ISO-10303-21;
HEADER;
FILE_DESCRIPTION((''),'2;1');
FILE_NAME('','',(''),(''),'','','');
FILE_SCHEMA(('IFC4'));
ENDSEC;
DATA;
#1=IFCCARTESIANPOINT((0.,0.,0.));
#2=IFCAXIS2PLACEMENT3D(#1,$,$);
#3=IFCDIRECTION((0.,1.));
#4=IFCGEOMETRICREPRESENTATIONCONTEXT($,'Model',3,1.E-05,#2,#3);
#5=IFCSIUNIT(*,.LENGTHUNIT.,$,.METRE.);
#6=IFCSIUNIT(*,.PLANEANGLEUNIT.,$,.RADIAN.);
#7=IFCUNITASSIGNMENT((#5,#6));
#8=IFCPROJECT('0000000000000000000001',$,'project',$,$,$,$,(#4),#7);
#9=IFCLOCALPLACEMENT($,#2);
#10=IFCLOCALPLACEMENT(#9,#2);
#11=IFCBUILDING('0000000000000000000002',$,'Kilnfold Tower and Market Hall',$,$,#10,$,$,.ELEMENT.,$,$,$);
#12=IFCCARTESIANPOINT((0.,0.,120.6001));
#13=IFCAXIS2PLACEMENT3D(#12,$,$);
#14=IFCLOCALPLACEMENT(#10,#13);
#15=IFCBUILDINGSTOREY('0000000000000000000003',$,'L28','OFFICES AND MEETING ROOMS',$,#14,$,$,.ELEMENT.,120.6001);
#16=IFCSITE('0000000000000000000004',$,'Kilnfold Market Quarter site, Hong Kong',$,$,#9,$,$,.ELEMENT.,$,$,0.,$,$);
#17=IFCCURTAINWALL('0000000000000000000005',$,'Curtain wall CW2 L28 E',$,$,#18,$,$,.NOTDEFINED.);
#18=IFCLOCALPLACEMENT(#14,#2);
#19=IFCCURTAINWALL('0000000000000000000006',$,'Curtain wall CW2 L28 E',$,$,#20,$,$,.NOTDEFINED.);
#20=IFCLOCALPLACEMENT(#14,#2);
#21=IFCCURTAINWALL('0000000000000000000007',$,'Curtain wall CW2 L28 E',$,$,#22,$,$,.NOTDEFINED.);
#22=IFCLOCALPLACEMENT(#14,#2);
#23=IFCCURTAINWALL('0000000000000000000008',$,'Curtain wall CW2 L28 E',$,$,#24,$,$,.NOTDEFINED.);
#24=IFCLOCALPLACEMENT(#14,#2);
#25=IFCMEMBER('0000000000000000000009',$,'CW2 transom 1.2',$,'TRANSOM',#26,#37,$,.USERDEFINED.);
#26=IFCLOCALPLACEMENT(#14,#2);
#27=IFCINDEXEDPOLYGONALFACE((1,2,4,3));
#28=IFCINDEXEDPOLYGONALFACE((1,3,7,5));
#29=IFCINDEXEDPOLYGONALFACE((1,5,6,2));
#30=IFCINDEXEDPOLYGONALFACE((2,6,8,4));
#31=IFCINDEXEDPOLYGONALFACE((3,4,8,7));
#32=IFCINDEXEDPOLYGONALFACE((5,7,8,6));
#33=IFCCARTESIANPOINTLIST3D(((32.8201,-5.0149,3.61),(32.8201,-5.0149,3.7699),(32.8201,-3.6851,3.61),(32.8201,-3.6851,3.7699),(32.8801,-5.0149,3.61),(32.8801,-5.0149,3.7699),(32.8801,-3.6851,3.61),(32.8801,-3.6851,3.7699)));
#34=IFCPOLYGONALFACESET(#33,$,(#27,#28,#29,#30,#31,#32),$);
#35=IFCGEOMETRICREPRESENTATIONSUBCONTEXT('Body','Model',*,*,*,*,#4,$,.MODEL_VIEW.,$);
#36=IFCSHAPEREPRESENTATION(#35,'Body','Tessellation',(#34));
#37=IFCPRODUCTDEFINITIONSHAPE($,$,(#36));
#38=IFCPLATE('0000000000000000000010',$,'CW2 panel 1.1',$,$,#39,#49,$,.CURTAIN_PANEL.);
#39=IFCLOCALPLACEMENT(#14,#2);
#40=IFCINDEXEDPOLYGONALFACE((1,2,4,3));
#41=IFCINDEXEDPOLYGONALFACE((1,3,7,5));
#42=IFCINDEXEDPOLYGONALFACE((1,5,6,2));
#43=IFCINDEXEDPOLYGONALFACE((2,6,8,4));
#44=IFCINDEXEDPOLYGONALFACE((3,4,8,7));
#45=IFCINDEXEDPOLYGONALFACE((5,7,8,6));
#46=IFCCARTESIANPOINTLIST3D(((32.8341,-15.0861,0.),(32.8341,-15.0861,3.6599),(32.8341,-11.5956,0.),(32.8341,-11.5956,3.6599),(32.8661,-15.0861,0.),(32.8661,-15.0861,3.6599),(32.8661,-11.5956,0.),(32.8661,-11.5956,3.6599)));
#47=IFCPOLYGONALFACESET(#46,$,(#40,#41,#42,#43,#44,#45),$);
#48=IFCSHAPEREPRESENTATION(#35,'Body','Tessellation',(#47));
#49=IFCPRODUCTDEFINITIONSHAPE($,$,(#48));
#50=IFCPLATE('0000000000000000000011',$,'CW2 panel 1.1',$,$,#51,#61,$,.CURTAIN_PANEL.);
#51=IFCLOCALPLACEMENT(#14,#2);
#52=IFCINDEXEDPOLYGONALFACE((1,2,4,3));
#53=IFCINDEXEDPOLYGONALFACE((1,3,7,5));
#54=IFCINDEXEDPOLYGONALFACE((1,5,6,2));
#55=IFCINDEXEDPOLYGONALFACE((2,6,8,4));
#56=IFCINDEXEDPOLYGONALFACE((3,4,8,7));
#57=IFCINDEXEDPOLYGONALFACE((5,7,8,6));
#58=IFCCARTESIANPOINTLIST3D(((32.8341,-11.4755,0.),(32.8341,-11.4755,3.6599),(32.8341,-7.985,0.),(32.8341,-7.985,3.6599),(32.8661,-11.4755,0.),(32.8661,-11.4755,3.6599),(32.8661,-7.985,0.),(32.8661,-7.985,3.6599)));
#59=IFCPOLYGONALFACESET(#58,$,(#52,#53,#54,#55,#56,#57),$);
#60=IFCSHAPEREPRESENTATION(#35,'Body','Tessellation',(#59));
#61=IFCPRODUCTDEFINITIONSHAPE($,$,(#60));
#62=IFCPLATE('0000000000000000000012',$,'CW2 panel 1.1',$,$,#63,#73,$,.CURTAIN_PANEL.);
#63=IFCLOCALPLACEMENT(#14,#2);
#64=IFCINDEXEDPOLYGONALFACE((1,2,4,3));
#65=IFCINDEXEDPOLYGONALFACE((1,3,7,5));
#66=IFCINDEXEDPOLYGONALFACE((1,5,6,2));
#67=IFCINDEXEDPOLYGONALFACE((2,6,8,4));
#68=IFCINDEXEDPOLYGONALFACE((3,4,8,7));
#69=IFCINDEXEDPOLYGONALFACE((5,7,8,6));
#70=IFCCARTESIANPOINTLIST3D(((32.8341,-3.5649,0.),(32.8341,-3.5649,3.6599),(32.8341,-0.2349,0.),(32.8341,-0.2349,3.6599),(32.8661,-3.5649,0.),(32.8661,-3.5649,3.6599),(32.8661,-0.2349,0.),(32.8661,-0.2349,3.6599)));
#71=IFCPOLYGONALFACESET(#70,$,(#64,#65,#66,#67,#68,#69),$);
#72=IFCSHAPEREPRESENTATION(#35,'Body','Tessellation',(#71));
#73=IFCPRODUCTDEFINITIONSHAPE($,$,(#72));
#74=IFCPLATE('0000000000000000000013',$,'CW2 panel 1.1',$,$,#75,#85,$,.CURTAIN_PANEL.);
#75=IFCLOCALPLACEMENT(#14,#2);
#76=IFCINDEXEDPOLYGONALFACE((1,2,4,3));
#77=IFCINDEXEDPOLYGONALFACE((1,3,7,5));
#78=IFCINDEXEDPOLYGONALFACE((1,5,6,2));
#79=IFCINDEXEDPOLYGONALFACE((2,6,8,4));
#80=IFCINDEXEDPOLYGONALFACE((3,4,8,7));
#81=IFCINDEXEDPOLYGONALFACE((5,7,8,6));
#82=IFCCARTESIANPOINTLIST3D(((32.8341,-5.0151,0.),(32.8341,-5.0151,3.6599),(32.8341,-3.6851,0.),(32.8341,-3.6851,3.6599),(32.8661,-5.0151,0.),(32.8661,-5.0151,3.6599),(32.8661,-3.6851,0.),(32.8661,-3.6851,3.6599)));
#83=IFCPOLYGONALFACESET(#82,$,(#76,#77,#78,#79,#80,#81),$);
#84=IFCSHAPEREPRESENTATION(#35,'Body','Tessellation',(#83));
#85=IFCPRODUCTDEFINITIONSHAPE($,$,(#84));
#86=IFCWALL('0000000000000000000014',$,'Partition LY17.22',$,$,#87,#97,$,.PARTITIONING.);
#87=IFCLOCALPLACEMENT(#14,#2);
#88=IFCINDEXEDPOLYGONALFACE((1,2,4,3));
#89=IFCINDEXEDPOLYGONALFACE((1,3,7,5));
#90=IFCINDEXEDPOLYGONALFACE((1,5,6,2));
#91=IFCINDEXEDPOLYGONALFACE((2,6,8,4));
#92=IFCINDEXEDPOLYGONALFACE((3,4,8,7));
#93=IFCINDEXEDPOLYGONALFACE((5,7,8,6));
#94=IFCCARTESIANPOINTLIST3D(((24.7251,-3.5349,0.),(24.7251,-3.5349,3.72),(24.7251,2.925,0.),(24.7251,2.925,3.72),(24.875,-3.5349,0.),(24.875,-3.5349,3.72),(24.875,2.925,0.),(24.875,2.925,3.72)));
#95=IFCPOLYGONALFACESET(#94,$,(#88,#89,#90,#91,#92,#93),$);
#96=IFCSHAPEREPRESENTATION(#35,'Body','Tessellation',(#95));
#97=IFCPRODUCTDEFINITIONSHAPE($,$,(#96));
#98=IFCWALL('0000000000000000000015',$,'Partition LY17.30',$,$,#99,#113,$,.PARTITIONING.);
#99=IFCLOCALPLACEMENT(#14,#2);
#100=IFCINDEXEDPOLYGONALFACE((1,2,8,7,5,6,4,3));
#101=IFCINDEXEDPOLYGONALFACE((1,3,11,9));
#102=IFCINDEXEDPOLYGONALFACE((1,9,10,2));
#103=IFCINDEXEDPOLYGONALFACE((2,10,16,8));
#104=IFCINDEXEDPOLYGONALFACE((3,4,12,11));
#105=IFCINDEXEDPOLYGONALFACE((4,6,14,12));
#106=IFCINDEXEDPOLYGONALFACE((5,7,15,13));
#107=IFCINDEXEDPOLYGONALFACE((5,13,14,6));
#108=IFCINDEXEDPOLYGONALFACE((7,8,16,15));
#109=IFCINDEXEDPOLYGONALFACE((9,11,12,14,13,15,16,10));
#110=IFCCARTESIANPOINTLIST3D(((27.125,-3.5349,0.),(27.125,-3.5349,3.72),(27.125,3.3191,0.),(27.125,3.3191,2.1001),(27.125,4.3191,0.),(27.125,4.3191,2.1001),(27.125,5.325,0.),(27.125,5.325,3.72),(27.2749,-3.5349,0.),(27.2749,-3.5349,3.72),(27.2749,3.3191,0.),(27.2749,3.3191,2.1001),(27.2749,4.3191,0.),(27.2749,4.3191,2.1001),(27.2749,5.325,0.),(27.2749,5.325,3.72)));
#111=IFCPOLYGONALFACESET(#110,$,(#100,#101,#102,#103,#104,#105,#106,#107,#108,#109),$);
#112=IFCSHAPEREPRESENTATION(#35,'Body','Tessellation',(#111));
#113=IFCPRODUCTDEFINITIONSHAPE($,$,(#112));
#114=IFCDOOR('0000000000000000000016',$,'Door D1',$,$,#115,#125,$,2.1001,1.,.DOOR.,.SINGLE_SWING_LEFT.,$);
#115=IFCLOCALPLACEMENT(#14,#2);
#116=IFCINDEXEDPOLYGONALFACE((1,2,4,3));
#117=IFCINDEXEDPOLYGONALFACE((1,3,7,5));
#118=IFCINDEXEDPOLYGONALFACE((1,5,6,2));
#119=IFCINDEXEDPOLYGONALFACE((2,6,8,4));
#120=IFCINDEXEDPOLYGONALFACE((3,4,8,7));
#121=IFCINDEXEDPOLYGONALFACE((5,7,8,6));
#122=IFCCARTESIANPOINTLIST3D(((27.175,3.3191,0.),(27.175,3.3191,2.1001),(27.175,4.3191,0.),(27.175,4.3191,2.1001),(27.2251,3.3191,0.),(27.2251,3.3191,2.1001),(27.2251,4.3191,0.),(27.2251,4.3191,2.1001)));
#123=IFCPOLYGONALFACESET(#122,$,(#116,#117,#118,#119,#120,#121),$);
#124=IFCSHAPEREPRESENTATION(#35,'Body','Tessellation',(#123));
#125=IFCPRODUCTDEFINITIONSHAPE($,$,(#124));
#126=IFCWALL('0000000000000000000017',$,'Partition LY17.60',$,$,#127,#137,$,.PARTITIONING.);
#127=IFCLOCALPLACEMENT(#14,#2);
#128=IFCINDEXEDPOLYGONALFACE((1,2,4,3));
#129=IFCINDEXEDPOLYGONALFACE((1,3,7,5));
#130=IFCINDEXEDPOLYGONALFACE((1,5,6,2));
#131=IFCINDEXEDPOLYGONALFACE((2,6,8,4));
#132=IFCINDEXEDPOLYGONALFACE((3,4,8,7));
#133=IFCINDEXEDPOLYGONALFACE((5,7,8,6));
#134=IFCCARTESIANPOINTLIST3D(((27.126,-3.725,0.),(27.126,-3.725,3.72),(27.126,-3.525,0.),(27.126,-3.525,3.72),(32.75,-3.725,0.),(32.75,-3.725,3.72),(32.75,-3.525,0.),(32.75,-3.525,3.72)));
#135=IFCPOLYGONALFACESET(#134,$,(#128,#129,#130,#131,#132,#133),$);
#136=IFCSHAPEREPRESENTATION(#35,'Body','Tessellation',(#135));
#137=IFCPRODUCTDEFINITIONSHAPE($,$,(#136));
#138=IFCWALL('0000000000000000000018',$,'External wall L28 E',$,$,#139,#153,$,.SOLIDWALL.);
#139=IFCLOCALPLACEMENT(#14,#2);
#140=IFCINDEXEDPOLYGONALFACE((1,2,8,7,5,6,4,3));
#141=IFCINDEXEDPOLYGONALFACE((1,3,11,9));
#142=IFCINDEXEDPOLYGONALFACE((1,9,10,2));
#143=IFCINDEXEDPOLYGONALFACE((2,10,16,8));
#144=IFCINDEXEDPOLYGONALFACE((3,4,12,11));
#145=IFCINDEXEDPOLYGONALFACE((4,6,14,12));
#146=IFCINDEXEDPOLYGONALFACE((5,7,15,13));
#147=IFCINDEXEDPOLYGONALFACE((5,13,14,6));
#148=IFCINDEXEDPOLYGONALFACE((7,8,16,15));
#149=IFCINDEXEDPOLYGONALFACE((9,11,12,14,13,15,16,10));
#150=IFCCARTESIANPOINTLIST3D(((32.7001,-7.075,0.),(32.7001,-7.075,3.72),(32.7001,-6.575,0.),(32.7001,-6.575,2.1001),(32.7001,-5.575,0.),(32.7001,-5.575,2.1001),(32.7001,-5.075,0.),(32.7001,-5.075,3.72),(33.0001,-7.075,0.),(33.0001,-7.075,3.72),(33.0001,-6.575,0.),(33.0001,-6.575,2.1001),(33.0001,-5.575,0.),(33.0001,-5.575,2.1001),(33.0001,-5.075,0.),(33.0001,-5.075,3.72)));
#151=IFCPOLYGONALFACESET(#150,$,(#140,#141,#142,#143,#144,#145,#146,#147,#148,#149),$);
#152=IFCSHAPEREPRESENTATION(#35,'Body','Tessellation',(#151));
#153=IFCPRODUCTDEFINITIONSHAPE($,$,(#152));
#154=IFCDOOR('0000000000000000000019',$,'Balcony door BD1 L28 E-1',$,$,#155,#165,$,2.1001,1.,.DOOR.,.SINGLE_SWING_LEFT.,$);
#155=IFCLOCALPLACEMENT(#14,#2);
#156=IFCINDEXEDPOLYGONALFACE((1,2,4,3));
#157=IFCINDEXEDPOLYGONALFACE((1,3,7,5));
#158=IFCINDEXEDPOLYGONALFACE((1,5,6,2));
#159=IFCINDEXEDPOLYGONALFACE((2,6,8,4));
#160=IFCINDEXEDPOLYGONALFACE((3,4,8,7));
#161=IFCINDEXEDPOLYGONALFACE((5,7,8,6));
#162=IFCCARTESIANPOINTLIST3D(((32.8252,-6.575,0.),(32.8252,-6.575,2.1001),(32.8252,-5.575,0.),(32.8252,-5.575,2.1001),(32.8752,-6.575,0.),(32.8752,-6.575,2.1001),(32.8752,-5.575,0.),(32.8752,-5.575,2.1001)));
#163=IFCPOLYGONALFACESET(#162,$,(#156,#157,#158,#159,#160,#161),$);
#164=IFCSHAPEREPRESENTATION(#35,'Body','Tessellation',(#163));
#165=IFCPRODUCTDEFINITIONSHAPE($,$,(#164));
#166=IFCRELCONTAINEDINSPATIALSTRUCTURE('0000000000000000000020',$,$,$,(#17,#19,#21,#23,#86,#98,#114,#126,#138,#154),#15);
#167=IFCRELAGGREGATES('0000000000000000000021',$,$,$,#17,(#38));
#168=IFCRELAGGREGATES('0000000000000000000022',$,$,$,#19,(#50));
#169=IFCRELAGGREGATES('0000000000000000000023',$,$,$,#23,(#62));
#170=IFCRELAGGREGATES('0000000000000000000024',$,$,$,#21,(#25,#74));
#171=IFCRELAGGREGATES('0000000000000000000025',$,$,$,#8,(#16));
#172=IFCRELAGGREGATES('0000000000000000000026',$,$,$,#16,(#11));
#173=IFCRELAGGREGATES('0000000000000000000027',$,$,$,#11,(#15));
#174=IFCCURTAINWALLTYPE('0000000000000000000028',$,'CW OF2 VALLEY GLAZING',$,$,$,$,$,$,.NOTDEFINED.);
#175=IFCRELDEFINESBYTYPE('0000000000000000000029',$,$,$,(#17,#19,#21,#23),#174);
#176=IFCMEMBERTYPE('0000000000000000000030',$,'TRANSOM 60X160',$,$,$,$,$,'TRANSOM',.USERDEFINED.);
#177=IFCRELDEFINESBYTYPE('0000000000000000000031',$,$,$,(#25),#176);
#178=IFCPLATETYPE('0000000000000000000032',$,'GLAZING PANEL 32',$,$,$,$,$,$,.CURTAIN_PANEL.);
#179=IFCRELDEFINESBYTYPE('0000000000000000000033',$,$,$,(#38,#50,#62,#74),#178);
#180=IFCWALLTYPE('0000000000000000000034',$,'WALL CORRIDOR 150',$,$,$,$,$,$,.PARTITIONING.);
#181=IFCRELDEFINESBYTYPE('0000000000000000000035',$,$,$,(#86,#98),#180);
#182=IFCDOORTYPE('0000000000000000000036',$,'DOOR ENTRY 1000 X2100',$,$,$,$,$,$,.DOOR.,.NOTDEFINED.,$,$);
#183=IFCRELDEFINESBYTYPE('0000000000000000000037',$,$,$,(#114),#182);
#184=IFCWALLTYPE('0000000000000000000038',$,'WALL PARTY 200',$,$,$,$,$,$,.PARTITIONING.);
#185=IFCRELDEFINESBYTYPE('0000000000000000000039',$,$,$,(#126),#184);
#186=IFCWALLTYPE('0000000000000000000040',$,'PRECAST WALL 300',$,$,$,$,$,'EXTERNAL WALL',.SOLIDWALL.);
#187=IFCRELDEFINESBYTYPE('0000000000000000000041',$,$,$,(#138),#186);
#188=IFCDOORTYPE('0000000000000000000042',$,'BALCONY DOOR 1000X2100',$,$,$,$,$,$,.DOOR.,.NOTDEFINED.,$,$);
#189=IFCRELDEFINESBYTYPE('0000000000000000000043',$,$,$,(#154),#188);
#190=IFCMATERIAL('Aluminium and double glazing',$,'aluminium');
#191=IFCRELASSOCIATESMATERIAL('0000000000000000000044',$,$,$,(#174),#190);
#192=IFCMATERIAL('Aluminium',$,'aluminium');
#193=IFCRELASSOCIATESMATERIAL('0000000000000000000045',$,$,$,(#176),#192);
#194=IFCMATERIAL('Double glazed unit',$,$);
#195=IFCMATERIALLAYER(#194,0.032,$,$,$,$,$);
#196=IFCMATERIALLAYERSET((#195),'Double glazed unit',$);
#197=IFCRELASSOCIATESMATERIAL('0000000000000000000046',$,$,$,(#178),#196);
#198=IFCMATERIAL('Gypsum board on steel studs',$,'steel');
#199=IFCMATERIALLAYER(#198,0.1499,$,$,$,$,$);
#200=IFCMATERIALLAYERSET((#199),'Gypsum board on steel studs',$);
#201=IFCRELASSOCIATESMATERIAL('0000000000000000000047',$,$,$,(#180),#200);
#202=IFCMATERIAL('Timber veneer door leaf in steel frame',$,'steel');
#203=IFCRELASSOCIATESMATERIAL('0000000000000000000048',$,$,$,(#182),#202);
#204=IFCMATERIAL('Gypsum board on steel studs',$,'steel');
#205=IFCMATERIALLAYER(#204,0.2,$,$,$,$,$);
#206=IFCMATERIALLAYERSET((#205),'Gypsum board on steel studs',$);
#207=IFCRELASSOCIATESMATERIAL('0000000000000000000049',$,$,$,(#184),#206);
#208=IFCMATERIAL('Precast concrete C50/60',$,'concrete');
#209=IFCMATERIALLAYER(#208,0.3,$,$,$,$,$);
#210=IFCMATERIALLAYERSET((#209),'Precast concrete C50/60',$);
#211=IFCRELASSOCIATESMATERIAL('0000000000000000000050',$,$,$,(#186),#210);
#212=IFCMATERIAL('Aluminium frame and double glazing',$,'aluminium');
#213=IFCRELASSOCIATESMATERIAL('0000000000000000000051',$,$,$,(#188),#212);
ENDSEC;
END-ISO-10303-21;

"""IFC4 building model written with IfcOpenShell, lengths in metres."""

from ifc_helpers import new_model, si_unit, direction, frame, frame_2d, origin, origin_2d, place, context, subcontext, project, spatial, rectangle, extrude, source, transform, mapped, material, layer, layer_set, material_profile, profile_set, type_object, element, fill, aggregate, save


model = new_model("IFC4")

# Units and contexts
model_context = context("Model", 3, precision=1e-05, world=origin(), true_north=direction((0.0, 1.0)))
body_context = subcontext(model_context, "Body", "Model", "MODEL_VIEW")
ifc_project = project(units=[si_unit("LENGTHUNIT", "METRE"), si_unit("PLANEANGLEUNIT", "RADIAN")], contexts=[model_context])

# Site, building, storey
site_placement = place(None, origin())
site = spatial("IfcSite", under=ifc_project, at=site_placement, Name="Kilnfold Market Quarter site, Hong Kong", CompositionType="ELEMENT", RefElevation=0.0)
building_placement = place(site_placement, origin())
building = spatial("IfcBuilding", under=site, at=building_placement, Name="Kilnfold Tower and Market Hall", CompositionType="ELEMENT")
storey_placement = place(building_placement, frame((0.0, 0.0, 120.6001)))
storey = spatial("IfcBuildingStorey", under=building, at=storey_placement, Name="L28", Description="OFFICES AND MEETING ROOMS", CompositionType="ELEMENT", Elevation=120.6001)

# Curtain walls
ifc_material_1 = material(Name="Aluminium and double glazing", Category="aluminium")
curtain_wall_type = type_object("IfcCurtainWallType", Name="CW OF2 VALLEY GLAZING", PredefinedType="NOTDEFINED", material=ifc_material_1)
curtain_wall_1_placement = place(storey_placement, origin())
curtain_wall_1 = element("IfcCurtainWall", 1, at=curtain_wall_1_placement, inside=storey, type_object=curtain_wall_type, Name="Curtain wall CW2 L28 E", PredefinedType="NOTDEFINED")
curtain_wall_2_placement = place(storey_placement, origin())
curtain_wall_2 = element("IfcCurtainWall", 2, at=curtain_wall_2_placement, inside=storey, type_object=curtain_wall_type, Name="Curtain wall CW2 L28 E", PredefinedType="NOTDEFINED")
curtain_wall_3_placement = place(storey_placement, origin())
curtain_wall_3 = element("IfcCurtainWall", 3, at=curtain_wall_3_placement, inside=storey, type_object=curtain_wall_type, Name="Curtain wall CW2 L28 E", PredefinedType="NOTDEFINED")
curtain_wall_4_placement = place(storey_placement, origin())
curtain_wall_4 = element("IfcCurtainWall", 4, at=curtain_wall_4_placement, inside=storey, type_object=curtain_wall_type, Name="Curtain wall CW2 L28 E", PredefinedType="NOTDEFINED")

# Member
ifc_material_2 = material(Name="Aluminium", Category="aluminium")
ifc_material_profile_1 = material_profile(ifc_material_2, rectangle(XDim=0.0601, YDim=0.1599, at=origin_2d()), Name="TRANSOM 60x160")
ifc_profile_set_1 = profile_set([ifc_material_profile_1], Name="Aluminium")
member_type_1 = type_object("IfcMemberType", Name="TRANSOM 60X160", ElementType="TRANSOM", PredefinedType="USERDEFINED", material=ifc_profile_set_1)
shared_shape_1 = source(origin(), body_context, "Body", "SweptSolid", [
    extrude(rectangle(XDim=0.0601, YDim=0.1599, at=origin_2d()), origin(), (0.0, 0.0, 1.0), 1.3298),
])
member_1_placement = place(storey_placement, frame((32.8501, -5.0149, 3.6899), z_axis=(0.0, 1.0, 0.0), x_axis=(-1.0, 0.0, 0.0)))
member_1 = element("IfcMember", 5, at=member_1_placement, type_object=member_type_1, Name="CW2 transom 1.2", ObjectType="TRANSOM", PredefinedType="USERDEFINED", context=body_context, shape_type="MappedRepresentation", body=[
    mapped(shared_shape_1, transform((0.0, 0.0, 0.0))),
])

# Plates
ifc_material_3 = material(Name="Double glazed unit")
ifc_layer_1 = layer(ifc_material_3, 0.032)
ifc_layer_set_1 = layer_set([ifc_layer_1], Name="Double glazed unit")
plate_type = type_object("IfcPlateType", Name="GLAZING PANEL 32", PredefinedType="CURTAIN_PANEL", material=ifc_layer_set_1)
shared_shape_2 = source(origin(), body_context, "Body", "SweptSolid", [
    extrude(rectangle(XDim=3.4905, YDim=0.032, at=origin_2d()), origin(), (0.0, 0.0, 1.0), 3.6599),
])
plate_1_placement = place(storey_placement, frame((32.8501, -13.3408, 0.0), z_axis=(0.0, 0.0, 1.0), x_axis=(0.0, 1.0, 0.0)))
plate_1 = element("IfcPlate", 6, at=plate_1_placement, type_object=plate_type, Name="CW2 panel 1.1", PredefinedType="CURTAIN_PANEL", context=body_context, shape_type="MappedRepresentation", body=[
    mapped(shared_shape_2, transform((0.0, 0.0, 0.0))),
])
aggregate(curtain_wall_1, [plate_1])
plate_2_placement = place(storey_placement, frame((32.8501, -9.7302, 0.0), z_axis=(0.0, 0.0, 1.0), x_axis=(0.0, 1.0, 0.0)))
plate_2 = element("IfcPlate", 7, at=plate_2_placement, type_object=plate_type, Name="CW2 panel 1.1", PredefinedType="CURTAIN_PANEL", context=body_context, shape_type="MappedRepresentation", body=[
    mapped(shared_shape_2, transform((0.0, 0.0, 0.0))),
])
aggregate(curtain_wall_2, [plate_2])
shared_shape_3 = source(origin(), body_context, "Body", "SweptSolid", [
    extrude(rectangle(XDim=3.3301, YDim=0.032, at=origin_2d()), origin(), (0.0, 0.0, 1.0), 3.6599),
])
plate_3_placement = place(storey_placement, frame((32.8501, -1.8999, 0.0), z_axis=(0.0, 0.0, 1.0), x_axis=(0.0, 1.0, 0.0)))
plate_3 = element("IfcPlate", 8, at=plate_3_placement, type_object=plate_type, Name="CW2 panel 1.1", PredefinedType="CURTAIN_PANEL", context=body_context, shape_type="MappedRepresentation", body=[
    mapped(shared_shape_3, transform((0.0, 0.0, 0.0))),
])
aggregate(curtain_wall_4, [plate_3])
shared_shape_4 = source(origin(), body_context, "Body", "SweptSolid", [
    extrude(rectangle(XDim=1.3301, YDim=0.032, at=origin_2d()), origin(), (0.0, 0.0, 1.0), 3.6599),
])
plate_4_placement = place(storey_placement, frame((32.8501, -4.3501, 0.0), z_axis=(0.0, 0.0, 1.0), x_axis=(0.0, 1.0, 0.0)))
plate_4 = element("IfcPlate", 9, at=plate_4_placement, type_object=plate_type, Name="CW2 panel 1.1", PredefinedType="CURTAIN_PANEL", context=body_context, shape_type="MappedRepresentation", body=[
    mapped(shared_shape_4, transform((0.0, 0.0, 0.0))),
])
aggregate(curtain_wall_3, [member_1, plate_4])

# Wall
ifc_material_4 = material(Name="Gypsum board on steel studs", Category="steel")
ifc_layer_2 = layer(ifc_material_4, 0.1499)
ifc_layer_set_2 = layer_set([ifc_layer_2], Name="Gypsum board on steel studs")
wall_type_1 = type_object("IfcWallType", Name="WALL CORRIDOR 150", PredefinedType="PARTITIONING", material=ifc_layer_set_2)
wall_1_placement = place(storey_placement, frame((24.8, -3.5349, 0.0), z_axis=(0.0, 0.0, 1.0), x_axis=(0.0, 1.0, 0.0)))
element("IfcWall", 10, at=wall_1_placement, inside=storey, type_object=wall_type_1, Name="Partition LY17.22", PredefinedType="PARTITIONING", context=body_context, shape_type="SweptSolid", body=[
    extrude(rectangle(XDim=6.46, YDim=0.1499, at=frame_2d((3.23, 0.0))), origin(), (0.0, 0.0, 1.0), 3.72),
])

# Wall, opening, door
wall_2_placement = place(storey_placement, frame((27.2, -3.5349, 0.0), z_axis=(0.0, 0.0, 1.0), x_axis=(0.0, 1.0, 0.0)))
wall_2 = element("IfcWall", 11, at=wall_2_placement, inside=storey, type_object=wall_type_1, Name="Partition LY17.30", PredefinedType="PARTITIONING", context=body_context, shape_type="SweptSolid", body=[
    extrude(rectangle(XDim=8.8599, YDim=0.1499, at=frame_2d((4.4299, 0.0))), origin(), (0.0, 0.0, 1.0), 3.72),
])
opening_1_placement = place(wall_2_placement, frame((6.854, 0.0, 0.0)))
opening_1 = element("IfcOpeningElement", 12, at=opening_1_placement, cuts=wall_2, PredefinedType="OPENING", context=body_context, shape_type="SweptSolid", body=[
    extrude(rectangle(XDim=1.0, YDim=2.1001, at=frame_2d((0.5, 1.05))), frame((0.0, 0.085, 0.0), z_axis=(0.0, -1.0, 0.0), x_axis=(1.0, 0.0, 0.0)), (0.0, 0.0, 1.0), 0.1699),
])
ifc_material_5 = material(Name="Timber veneer door leaf in steel frame", Category="steel")
door_type_1 = type_object("IfcDoorType", Name="DOOR ENTRY 1000 X2100", OperationType="NOTDEFINED", PredefinedType="DOOR", material=ifc_material_5)
door_1_placement = place(opening_1_placement, origin())
door_1 = element("IfcDoor", 13, at=door_1_placement, inside=storey, type_object=door_type_1, Name="Door D1", OperationType="SINGLE_SWING_LEFT", OverallHeight=2.1001, OverallWidth=1.0, PredefinedType="DOOR", context=body_context, shape_type="SweptSolid", body=[
    extrude(rectangle(XDim=1.0, YDim=2.1001, at=frame_2d((0.5, 1.05))), frame((0.0, 0.0249, 0.0), z_axis=(0.0, -1.0, 0.0), x_axis=(1.0, 0.0, 0.0)), (0.0, 0.0, 1.0), 0.05),
])
fill(opening_1, door_1)

# Wall
ifc_material_6 = material(Name="Gypsum board on steel studs", Category="steel")
ifc_layer_3 = layer(ifc_material_6, 0.2)
ifc_layer_set_3 = layer_set([ifc_layer_3], Name="Gypsum board on steel studs")
wall_type_2 = type_object("IfcWallType", Name="WALL PARTY 200", PredefinedType="PARTITIONING", material=ifc_layer_set_3)
wall_3_placement = place(storey_placement, frame((27.126, -3.625, 0.0), z_axis=(0.0, 0.0, 1.0), x_axis=(1.0, 0.0, 0.0)))
element("IfcWall", 14, at=wall_3_placement, inside=storey, type_object=wall_type_2, Name="Partition LY17.60", PredefinedType="PARTITIONING", context=body_context, shape_type="SweptSolid", body=[
    extrude(rectangle(XDim=5.624, YDim=0.2, at=frame_2d((2.812, 0.0))), origin(), (0.0, 0.0, 1.0), 3.72),
])

# Wall, opening, door
ifc_material_7 = material(Name="Precast concrete C50/60", Category="concrete")
ifc_layer_4 = layer(ifc_material_7, 0.3)
ifc_layer_set_4 = layer_set([ifc_layer_4], Name="Precast concrete C50/60")
wall_type_3 = type_object("IfcWallType", Name="PRECAST WALL 300", ElementType="EXTERNAL WALL", PredefinedType="SOLIDWALL", material=ifc_layer_set_4)
shared_shape_5 = source(origin(), body_context, "Body", "SweptSolid", [
    extrude(rectangle(XDim=2.0, YDim=0.3, at=frame_2d((1.0, 0.0))), origin(), (0.0, 0.0, 1.0), 3.72),
])
wall_4_placement = place(storey_placement, frame((32.8501, -7.075, 0.0), z_axis=(0.0, 0.0, 1.0), x_axis=(0.0, 1.0, 0.0)))
wall_4 = element("IfcWall", 15, at=wall_4_placement, inside=storey, type_object=wall_type_3, Name="External wall L28 E", PredefinedType="SOLIDWALL", context=body_context, shape_type="MappedRepresentation", body=[
    mapped(shared_shape_5, transform((0.0, 0.0, 0.0))),
])
opening_2_placement = place(wall_4_placement, frame((0.5, 0.0, 0.0)))
opening_2 = element("IfcOpeningElement", 16, at=opening_2_placement, cuts=wall_4, PredefinedType="OPENING", context=body_context, shape_type="SweptSolid", body=[
    extrude(rectangle(XDim=1.0, YDim=2.1001, at=frame_2d((0.5, 1.05))), frame((0.0, 0.1602, 0.0), z_axis=(0.0, -1.0, 0.0), x_axis=(1.0, 0.0, 0.0)), (0.0, 0.0, 1.0), 0.3201),
])
ifc_material_8 = material(Name="Aluminium frame and double glazing", Category="aluminium")
door_type_2 = type_object("IfcDoorType", Name="BALCONY DOOR 1000X2100", OperationType="NOTDEFINED", PredefinedType="DOOR", material=ifc_material_8)
door_2_placement = place(opening_2_placement, origin())
door_2 = element("IfcDoor", 17, at=door_2_placement, inside=storey, type_object=door_type_2, Name="Balcony door BD1 L28 E-1", OperationType="SINGLE_SWING_LEFT", OverallHeight=2.1001, OverallWidth=1.0, PredefinedType="DOOR", context=body_context, shape_type="SweptSolid", body=[
    extrude(rectangle(XDim=1.0, YDim=2.1001, at=frame_2d((0.5, 1.05))), frame((0.0, 0.0249, 0.0), z_axis=(0.0, -1.0, 0.0), x_axis=(1.0, 0.0, 0.0)), (0.0, 0.0, 1.0), 0.05),
])
fill(opening_2, door_2)

save(model, "model.ifc")
